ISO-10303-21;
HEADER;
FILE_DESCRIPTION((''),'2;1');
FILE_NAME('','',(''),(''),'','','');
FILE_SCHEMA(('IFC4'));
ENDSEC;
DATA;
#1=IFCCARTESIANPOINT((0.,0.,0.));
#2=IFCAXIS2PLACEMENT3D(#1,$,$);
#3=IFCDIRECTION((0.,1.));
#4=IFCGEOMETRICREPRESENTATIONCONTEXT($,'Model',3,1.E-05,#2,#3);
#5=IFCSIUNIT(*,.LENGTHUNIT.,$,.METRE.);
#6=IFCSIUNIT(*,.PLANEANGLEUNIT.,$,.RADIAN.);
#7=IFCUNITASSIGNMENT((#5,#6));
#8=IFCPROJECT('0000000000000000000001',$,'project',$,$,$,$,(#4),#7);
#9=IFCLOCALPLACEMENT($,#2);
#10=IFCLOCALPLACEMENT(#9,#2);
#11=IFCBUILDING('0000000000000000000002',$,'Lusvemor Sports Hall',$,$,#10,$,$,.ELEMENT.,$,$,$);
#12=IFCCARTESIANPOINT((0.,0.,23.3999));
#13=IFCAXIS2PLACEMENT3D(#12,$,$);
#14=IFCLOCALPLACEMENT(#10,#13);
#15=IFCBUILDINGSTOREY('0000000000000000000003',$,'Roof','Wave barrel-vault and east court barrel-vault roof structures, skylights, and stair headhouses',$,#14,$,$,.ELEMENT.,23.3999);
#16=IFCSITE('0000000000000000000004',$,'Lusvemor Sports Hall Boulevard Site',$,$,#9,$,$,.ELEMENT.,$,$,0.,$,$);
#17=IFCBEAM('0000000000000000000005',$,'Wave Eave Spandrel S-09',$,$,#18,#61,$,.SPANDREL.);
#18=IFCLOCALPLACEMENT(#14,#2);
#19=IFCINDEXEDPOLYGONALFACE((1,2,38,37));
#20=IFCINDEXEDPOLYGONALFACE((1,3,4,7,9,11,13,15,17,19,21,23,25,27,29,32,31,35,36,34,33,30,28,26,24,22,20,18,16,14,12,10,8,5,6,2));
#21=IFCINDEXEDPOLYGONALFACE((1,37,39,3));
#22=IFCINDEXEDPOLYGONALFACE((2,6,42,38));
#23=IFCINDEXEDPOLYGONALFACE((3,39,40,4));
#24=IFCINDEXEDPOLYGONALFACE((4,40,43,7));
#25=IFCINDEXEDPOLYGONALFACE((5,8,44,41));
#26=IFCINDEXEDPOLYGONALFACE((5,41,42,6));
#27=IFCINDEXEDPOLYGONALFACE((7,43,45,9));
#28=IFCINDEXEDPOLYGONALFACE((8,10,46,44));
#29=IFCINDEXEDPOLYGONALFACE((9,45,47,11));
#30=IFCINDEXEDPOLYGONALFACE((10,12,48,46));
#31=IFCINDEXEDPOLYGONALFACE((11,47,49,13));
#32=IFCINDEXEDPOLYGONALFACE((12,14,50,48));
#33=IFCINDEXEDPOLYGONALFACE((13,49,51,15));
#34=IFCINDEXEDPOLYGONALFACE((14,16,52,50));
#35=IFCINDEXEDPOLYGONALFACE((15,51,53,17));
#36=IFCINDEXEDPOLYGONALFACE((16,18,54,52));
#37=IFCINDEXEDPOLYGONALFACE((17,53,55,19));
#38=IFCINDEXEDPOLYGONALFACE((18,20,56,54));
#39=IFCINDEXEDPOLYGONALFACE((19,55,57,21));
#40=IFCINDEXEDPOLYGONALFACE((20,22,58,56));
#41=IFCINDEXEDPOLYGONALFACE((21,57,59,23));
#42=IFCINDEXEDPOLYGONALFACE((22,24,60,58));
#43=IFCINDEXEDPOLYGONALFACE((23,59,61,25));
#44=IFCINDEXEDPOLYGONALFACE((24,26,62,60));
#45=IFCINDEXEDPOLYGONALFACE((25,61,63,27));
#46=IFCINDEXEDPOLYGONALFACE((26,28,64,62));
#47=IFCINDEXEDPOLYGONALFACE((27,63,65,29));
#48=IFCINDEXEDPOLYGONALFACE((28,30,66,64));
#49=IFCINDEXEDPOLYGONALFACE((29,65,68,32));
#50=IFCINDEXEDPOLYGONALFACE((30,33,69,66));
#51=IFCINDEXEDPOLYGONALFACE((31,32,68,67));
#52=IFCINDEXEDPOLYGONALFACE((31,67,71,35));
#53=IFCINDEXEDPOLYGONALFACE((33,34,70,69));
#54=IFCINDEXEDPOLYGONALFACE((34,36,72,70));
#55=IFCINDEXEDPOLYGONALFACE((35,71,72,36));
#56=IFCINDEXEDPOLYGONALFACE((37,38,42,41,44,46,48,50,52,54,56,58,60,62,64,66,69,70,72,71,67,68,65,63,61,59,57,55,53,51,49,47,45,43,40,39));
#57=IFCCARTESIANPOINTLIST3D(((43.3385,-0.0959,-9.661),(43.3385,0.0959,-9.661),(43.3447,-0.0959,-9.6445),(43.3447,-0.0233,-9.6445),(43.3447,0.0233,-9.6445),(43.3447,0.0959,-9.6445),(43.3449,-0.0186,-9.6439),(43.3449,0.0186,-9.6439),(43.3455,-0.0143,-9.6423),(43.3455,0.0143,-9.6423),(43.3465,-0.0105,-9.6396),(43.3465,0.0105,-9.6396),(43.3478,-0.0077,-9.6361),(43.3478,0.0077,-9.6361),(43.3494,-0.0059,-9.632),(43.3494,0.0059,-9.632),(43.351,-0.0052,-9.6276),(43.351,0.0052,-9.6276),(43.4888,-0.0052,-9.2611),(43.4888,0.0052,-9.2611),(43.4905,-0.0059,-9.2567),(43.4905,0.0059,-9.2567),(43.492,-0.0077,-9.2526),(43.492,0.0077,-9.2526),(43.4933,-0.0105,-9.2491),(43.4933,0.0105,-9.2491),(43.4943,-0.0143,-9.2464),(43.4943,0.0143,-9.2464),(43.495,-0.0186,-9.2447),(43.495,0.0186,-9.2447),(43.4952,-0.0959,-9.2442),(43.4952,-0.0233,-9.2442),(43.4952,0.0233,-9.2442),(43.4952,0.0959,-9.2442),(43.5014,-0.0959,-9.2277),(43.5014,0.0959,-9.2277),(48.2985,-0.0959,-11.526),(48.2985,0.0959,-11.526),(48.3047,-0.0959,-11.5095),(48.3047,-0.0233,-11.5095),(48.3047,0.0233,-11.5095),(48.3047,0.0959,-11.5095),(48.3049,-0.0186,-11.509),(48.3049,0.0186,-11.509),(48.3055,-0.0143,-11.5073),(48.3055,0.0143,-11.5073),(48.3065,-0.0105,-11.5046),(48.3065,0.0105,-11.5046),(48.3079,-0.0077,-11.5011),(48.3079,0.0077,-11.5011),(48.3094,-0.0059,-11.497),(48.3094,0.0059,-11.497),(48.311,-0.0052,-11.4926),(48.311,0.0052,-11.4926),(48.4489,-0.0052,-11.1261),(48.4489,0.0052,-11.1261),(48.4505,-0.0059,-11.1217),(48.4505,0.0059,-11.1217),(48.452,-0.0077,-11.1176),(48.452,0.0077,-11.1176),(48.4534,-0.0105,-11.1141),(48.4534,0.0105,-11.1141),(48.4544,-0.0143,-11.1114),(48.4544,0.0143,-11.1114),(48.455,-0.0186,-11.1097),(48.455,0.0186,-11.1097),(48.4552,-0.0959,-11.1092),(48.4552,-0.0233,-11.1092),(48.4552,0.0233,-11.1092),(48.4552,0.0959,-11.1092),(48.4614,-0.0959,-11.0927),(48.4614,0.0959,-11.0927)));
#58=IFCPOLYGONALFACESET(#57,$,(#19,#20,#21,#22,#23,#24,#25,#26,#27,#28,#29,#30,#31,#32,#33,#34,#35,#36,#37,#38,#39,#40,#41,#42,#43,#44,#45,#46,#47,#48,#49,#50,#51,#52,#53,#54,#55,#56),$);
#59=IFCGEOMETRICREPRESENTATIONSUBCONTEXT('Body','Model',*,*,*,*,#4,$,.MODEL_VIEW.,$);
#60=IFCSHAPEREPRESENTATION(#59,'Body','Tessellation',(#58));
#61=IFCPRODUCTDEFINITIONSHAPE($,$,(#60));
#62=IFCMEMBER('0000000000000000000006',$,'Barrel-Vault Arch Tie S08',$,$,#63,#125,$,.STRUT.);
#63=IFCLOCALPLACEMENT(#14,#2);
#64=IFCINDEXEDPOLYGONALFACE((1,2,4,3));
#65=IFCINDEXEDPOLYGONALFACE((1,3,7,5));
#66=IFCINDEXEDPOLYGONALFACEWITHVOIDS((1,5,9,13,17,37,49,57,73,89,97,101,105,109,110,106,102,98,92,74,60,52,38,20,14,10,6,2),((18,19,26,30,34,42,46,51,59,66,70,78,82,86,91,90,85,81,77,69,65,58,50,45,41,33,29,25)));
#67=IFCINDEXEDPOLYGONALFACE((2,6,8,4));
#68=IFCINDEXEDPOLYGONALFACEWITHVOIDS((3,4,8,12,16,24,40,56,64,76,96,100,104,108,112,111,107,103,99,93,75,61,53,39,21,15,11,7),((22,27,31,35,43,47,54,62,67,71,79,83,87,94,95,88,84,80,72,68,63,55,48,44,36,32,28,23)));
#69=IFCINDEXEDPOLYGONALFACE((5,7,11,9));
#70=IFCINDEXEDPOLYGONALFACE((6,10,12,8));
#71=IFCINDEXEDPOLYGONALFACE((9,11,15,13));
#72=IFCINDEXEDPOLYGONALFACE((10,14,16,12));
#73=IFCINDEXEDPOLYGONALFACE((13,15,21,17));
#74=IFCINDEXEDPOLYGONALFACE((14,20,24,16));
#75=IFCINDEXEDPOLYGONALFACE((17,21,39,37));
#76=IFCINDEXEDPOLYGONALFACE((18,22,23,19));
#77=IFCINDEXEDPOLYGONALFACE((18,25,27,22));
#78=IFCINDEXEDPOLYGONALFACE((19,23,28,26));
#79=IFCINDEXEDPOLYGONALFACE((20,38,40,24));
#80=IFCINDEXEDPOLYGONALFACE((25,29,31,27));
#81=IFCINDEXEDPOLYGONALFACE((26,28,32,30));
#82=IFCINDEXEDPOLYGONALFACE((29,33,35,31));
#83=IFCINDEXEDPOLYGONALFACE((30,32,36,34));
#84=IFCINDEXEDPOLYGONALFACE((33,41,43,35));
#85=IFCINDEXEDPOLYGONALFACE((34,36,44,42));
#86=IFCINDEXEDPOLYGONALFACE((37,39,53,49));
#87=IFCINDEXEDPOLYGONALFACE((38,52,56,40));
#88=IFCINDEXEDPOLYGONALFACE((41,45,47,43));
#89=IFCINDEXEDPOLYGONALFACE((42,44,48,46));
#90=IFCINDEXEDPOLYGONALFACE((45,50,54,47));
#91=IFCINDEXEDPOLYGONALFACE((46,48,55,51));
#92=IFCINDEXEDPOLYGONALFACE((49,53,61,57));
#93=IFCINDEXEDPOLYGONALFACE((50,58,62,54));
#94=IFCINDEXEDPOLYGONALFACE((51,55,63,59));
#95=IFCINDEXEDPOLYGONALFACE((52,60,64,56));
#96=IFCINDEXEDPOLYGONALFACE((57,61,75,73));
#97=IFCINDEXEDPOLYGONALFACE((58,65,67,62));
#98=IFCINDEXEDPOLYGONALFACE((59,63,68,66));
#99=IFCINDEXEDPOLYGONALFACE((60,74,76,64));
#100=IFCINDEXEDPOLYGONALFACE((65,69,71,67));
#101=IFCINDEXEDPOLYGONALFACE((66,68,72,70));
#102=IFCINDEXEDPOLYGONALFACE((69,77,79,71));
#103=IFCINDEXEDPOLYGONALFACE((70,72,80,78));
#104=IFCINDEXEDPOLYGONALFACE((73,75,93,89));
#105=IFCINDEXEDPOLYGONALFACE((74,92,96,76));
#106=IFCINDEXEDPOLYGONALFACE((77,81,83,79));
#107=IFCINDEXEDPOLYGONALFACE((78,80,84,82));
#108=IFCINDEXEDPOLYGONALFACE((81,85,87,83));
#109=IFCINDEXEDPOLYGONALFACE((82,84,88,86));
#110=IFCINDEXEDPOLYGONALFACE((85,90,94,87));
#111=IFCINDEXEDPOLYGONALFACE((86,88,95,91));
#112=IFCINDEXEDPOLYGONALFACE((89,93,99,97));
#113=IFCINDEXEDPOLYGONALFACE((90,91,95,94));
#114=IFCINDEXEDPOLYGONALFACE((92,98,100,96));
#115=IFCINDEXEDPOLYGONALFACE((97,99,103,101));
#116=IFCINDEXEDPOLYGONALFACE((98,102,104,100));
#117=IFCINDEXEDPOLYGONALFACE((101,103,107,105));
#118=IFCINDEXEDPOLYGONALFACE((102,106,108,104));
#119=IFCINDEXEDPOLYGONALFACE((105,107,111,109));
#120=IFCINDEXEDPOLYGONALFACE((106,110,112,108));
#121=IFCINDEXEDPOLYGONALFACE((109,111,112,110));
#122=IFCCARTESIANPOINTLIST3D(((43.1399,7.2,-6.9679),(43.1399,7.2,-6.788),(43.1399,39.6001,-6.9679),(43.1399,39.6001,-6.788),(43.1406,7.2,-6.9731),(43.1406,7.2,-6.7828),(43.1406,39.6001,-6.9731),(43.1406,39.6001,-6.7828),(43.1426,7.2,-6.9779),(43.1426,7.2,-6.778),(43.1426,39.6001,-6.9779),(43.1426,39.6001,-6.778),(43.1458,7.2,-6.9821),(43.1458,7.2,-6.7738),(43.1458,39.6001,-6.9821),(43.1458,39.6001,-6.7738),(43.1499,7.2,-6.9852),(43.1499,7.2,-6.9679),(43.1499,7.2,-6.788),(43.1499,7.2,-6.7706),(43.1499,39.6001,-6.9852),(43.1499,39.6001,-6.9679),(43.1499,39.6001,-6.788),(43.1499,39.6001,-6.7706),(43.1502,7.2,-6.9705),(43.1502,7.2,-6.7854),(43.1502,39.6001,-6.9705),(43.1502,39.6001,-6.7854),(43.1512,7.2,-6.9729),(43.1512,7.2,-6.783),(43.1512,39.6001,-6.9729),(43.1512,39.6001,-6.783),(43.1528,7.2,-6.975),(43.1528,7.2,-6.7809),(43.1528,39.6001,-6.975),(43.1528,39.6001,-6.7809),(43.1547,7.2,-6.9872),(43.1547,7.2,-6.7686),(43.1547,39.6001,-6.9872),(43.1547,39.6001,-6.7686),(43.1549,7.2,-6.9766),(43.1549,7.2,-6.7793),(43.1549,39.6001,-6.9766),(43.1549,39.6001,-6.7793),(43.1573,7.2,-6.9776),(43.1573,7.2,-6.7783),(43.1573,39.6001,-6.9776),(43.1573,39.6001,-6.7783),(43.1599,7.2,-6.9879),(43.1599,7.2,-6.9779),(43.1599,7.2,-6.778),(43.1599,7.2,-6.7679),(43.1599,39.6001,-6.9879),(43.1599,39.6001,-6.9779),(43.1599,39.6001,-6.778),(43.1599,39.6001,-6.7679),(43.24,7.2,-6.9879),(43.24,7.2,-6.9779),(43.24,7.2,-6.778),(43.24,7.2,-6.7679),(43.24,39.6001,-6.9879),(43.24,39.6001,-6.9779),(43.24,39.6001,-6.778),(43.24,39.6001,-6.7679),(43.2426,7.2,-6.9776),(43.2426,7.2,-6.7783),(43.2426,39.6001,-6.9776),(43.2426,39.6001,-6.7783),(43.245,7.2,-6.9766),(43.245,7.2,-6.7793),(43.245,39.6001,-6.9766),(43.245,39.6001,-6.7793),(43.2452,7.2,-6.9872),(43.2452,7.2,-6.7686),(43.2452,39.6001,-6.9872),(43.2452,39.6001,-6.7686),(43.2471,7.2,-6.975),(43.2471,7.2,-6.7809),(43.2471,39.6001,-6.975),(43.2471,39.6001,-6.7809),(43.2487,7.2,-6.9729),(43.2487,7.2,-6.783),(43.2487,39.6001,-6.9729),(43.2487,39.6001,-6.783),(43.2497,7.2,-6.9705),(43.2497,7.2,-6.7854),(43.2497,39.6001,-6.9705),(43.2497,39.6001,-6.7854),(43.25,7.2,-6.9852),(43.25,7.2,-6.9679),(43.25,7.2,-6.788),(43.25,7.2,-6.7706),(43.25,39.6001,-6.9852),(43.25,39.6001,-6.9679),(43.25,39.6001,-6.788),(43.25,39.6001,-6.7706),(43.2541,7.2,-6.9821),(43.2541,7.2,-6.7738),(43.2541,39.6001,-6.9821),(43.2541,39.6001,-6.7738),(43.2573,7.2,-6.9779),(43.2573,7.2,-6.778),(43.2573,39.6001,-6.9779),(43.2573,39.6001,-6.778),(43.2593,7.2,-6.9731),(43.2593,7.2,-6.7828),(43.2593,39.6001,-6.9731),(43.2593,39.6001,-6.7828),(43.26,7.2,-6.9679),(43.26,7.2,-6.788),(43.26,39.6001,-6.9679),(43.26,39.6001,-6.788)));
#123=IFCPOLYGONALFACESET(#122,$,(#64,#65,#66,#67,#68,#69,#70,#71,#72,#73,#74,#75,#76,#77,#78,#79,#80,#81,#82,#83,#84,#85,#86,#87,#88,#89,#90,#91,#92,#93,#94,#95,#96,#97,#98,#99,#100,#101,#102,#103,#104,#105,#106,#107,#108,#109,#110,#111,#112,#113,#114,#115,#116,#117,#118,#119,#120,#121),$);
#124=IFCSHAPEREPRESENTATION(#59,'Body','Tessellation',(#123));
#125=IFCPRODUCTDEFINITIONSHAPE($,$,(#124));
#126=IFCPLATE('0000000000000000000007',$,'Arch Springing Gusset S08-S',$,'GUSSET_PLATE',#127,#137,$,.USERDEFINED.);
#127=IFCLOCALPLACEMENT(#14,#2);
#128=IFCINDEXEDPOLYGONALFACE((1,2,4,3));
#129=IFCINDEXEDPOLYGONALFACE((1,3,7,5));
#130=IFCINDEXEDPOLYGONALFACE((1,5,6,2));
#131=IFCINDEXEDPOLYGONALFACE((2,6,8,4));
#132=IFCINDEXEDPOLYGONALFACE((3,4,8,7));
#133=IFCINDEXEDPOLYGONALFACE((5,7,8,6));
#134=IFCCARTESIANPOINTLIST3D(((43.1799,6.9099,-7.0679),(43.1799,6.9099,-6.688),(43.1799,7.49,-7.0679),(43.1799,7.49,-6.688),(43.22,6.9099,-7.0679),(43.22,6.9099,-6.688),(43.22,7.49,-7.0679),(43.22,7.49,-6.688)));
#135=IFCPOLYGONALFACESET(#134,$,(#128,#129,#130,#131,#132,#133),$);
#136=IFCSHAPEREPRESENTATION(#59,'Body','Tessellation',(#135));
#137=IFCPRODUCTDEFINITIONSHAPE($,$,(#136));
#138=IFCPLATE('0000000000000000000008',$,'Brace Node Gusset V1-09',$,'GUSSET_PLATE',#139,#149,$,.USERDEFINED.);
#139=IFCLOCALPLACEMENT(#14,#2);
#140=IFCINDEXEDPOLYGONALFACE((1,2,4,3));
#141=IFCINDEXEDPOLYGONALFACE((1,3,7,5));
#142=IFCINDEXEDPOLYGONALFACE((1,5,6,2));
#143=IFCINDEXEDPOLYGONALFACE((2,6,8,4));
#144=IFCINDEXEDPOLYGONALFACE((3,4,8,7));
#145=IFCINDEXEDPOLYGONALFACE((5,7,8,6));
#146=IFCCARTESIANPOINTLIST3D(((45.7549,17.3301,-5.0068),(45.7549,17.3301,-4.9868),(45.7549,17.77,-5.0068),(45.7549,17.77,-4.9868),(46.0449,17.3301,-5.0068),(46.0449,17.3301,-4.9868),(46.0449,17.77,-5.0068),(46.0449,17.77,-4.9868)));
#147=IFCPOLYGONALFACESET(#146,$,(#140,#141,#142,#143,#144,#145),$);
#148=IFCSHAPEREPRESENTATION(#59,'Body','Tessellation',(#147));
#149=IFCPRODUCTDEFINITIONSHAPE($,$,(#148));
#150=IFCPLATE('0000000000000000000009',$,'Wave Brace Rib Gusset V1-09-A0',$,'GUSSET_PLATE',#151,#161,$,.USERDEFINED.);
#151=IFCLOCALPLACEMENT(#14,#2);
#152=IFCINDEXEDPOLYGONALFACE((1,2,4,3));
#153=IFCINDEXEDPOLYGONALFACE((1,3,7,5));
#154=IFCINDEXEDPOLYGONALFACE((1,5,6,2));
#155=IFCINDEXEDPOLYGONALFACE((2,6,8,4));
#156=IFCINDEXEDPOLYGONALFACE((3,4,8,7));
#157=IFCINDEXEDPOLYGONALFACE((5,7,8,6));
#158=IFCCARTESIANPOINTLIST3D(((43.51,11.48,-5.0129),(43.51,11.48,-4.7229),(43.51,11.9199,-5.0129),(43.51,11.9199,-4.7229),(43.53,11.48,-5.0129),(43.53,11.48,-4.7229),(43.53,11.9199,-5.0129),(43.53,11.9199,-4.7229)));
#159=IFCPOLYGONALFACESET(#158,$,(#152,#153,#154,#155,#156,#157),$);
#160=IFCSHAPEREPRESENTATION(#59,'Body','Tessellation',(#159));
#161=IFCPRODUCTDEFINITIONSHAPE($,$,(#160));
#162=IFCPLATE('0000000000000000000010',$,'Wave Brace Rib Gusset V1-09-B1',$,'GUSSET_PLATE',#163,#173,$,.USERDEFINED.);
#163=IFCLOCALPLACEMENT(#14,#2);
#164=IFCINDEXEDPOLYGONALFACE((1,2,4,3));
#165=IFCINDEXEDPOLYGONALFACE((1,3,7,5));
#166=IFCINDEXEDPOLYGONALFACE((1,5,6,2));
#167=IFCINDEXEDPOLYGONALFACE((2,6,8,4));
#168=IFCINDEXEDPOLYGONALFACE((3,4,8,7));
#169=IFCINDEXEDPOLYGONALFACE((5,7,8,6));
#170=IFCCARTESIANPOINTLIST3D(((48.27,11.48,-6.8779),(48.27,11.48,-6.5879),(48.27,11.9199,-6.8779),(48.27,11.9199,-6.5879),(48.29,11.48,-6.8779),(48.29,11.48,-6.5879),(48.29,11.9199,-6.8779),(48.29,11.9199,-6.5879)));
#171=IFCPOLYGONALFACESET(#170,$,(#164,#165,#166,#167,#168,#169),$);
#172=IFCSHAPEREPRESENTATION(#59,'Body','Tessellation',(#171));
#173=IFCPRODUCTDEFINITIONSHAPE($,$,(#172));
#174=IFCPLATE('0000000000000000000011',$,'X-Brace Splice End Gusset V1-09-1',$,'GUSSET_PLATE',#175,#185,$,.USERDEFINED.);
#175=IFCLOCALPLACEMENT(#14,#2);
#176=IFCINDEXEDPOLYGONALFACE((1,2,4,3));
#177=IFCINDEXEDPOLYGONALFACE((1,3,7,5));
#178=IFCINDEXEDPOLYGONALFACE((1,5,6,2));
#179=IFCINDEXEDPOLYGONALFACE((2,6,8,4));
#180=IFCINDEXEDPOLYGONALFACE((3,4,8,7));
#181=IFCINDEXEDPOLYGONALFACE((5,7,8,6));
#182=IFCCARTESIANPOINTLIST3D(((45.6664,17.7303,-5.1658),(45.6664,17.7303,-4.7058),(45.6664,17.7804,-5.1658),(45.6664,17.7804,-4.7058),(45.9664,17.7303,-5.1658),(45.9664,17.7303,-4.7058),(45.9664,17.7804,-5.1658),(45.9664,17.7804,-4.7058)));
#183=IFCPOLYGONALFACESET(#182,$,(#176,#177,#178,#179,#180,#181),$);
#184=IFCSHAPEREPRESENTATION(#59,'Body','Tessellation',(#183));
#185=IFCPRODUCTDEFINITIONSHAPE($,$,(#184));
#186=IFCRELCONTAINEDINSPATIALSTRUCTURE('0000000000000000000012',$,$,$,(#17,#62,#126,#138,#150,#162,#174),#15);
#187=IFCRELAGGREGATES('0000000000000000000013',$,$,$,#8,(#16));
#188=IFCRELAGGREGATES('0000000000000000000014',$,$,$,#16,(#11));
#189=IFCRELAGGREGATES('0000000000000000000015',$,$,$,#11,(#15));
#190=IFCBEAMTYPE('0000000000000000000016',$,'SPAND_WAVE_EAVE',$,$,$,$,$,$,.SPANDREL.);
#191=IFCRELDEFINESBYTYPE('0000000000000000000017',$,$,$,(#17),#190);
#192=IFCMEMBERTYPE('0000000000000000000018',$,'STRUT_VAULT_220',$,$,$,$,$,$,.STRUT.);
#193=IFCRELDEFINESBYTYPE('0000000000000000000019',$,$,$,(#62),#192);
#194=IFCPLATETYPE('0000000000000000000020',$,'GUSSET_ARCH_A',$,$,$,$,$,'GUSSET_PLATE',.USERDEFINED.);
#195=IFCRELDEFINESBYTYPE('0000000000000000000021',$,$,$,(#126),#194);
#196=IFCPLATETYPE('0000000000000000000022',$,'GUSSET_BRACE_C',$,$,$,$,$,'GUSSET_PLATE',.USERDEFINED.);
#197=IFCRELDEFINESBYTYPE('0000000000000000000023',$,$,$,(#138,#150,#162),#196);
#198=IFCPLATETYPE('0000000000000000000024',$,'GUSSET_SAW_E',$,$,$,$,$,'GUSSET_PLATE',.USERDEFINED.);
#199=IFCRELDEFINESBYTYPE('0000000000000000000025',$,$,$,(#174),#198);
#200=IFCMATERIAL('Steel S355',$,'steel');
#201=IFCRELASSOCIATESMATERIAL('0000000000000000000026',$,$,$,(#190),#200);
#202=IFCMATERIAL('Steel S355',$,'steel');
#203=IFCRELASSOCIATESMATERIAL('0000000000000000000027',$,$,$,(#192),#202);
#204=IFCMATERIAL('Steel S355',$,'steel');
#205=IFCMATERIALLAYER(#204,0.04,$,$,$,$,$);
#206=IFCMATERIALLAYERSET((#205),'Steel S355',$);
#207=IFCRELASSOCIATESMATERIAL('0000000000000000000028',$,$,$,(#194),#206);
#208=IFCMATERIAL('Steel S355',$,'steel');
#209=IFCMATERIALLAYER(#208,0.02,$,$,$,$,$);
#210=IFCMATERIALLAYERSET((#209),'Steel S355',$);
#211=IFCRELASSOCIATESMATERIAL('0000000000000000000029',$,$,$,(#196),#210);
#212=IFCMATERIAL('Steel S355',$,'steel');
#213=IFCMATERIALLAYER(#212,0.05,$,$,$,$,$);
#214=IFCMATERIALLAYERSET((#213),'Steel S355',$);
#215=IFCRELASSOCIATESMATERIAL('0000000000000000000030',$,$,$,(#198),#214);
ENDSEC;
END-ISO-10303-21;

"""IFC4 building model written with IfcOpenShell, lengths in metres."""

from ifc_helpers import new_model, si_unit, direction, frame, origin, origin_2d, place, context, subcontext, project, spatial, rectangle, hollow_rectangle, i_section, extrude, material, layer, layer_set, material_profile, profile_set, type_object, element, save


model = new_model("IFC4")

# Units and contexts
model_context = context("Model", 3, precision=1e-05, world=origin(), true_north=direction((0.0, 1.0)))
body_context = subcontext(model_context, "Body", "Model", "MODEL_VIEW")
ifc_project = project(units=[si_unit("LENGTHUNIT", "METRE"), si_unit("PLANEANGLEUNIT", "RADIAN")], contexts=[model_context])

# Site, building, storey
site_placement = place(None, origin())
site = spatial("IfcSite", under=ifc_project, at=site_placement, Name="Lusvemor Sports Hall Boulevard Site", CompositionType="ELEMENT", RefElevation=0.0)
building_placement = place(site_placement, origin())
building = spatial("IfcBuilding", under=site, at=building_placement, Name="Lusvemor Sports Hall", CompositionType="ELEMENT")
storey_placement = place(building_placement, frame((0.0, 0.0, 23.3999)))
storey = spatial("IfcBuildingStorey", under=building, at=storey_placement, Name="Roof", Description="Wave barrel-vault and east court barrel-vault roof structures, skylights, and stair headhouses", CompositionType="ELEMENT", Elevation=23.3999)

# Beam
ifc_material_1 = material(Name="Steel S355", Category="steel")
ifc_material_profile_1 = material_profile(ifc_material_1, i_section(OverallWidth=0.1919, OverallDepth=0.4629, WebThickness=0.0105, FlangeThickness=0.0176, FilletRadius=0.0181, at=origin_2d()), Name="W460x89.0")
ifc_profile_set_1 = profile_set([ifc_material_profile_1], Name="Steel S355")
beam_type_1 = type_object("IfcBeamType", Name="SPAND_WAVE_EAVE", PredefinedType="SPANDREL", material=ifc_profile_set_1)
beam_1_placement = place(storey_placement, frame((43.4199, 0.0, -9.4443), z_axis=(0.936018, 0.0, -0.351951), x_axis=(0.0, 1.0, 0.0)))
element("IfcBeam", 1, at=beam_1_placement, inside=storey, type_object=beam_type_1, Name="Wave Eave Spandrel S-09", PredefinedType="SPANDREL", context=body_context, shape_type="SweptSolid", body=[
    extrude(i_section(OverallWidth=0.1919, OverallDepth=0.4629, WebThickness=0.0105, FlangeThickness=0.0176, FilletRadius=0.0181, at=origin_2d()), origin(), (0.0, 0.0, 1.0), 5.2991),
])

# Member
ifc_material_2 = material(Name="Steel S355", Category="steel")
ifc_material_profile_2 = material_profile(ifc_material_2, hollow_rectangle(XDim=0.1201, YDim=0.22, WallThickness=0.01, InnerFilletRadius=0.01, OuterFilletRadius=0.02, at=origin_2d()), Name="RHS220x120x10")
ifc_profile_set_2 = profile_set([ifc_material_profile_2], Name="Steel S355")
member_type_1 = type_object("IfcMemberType", Name="STRUT_VAULT_220", PredefinedType="STRUT", material=ifc_profile_set_2)
member_1_placement = place(storey_placement, frame((43.2, 7.2, -6.8779), z_axis=(0.0, 1.0, 0.0), x_axis=(-1.0, 0.0, 0.0)))
element("IfcMember", 2, at=member_1_placement, inside=storey, type_object=member_type_1, Name="Barrel-Vault Arch Tie S08", PredefinedType="STRUT", context=body_context, shape_type="SweptSolid", body=[
    extrude(hollow_rectangle(XDim=0.1201, YDim=0.22, WallThickness=0.01, InnerFilletRadius=0.01, OuterFilletRadius=0.02, at=origin_2d()), origin(), (0.0, 0.0, 1.0), 32.4001),
])

# Plates
ifc_material_3 = material(Name="Steel S355", Category="steel")
ifc_layer_1 = layer(ifc_material_3, 0.04)
ifc_layer_set_1 = layer_set([ifc_layer_1], Name="Steel S355")
plate_type_1 = type_object("IfcPlateType", Name="GUSSET_ARCH_A", ElementType="GUSSET_PLATE", PredefinedType="USERDEFINED", material=ifc_layer_set_1)
plate_1_placement = place(storey_placement, frame((43.2, 7.2, -7.0679), z_axis=(0.0, 0.0, 1.0), x_axis=(1.0, 0.0, 0.0)))
element("IfcPlate", 3, at=plate_1_placement, inside=storey, type_object=plate_type_1, Name="Arch Springing Gusset S08-S", ObjectType="GUSSET_PLATE", PredefinedType="USERDEFINED", context=body_context, shape_type="SweptSolid", body=[
    extrude(rectangle(XDim=0.04, YDim=0.5801, at=origin_2d()), origin(), (0.0, 0.0, 1.0), 0.3799),
])
ifc_material_4 = material(Name="Steel S355", Category="steel")
ifc_layer_2 = layer(ifc_material_4, 0.02)
ifc_layer_set_2 = layer_set([ifc_layer_2], Name="Steel S355")
plate_type_2 = type_object("IfcPlateType", Name="GUSSET_BRACE_C", ElementType="GUSSET_PLATE", PredefinedType="USERDEFINED", material=ifc_layer_set_2)
plate_2_placement = place(storey_placement, frame((45.8999, 17.55, -5.0068), z_axis=(0.0, 0.0, 1.0), x_axis=(1.0, 0.0, 0.0)))
element("IfcPlate", 4, at=plate_2_placement, inside=storey, type_object=plate_type_2, Name="Brace Node Gusset V1-09", ObjectType="GUSSET_PLATE", PredefinedType="USERDEFINED", context=body_context, shape_type="SweptSolid", body=[
    extrude(rectangle(XDim=0.29, YDim=0.4399, at=origin_2d()), origin(), (0.0, 0.0, 1.0), 0.02),
])
for number, where, z_axis, x_axis, name in (
    (5, (43.52, 11.7, -5.0129), (0.0, 0.0, 1.0), (1.0, 0.0, 0.0), "Wave Brace Rib Gusset V1-09-A0"),
    (6, (48.28, 11.7, -6.8779), (0.0, 0.0, 1.0), (1.0, 0.0, 0.0), "Wave Brace Rib Gusset V1-09-B1"),
):
    element("IfcPlate", number, at=place(storey_placement, frame(where, z_axis=z_axis, x_axis=x_axis)), inside=storey, type_object=plate_type_2, Name=name, ObjectType="GUSSET_PLATE", PredefinedType="USERDEFINED", context=body_context, shape_type="SweptSolid", body=[
        extrude(rectangle(XDim=0.02, YDim=0.4399, at=origin_2d()), origin(), (0.0, 0.0, 1.0), 0.29),
    ])
ifc_material_5 = material(Name="Steel S355", Category="steel")
ifc_layer_3 = layer(ifc_material_5, 0.05)
ifc_layer_set_3 = layer_set([ifc_layer_3], Name="Steel S355")
plate_type_3 = type_object("IfcPlateType", Name="GUSSET_SAW_E", ElementType="GUSSET_PLATE", PredefinedType="USERDEFINED", material=ifc_layer_set_3)
for number, where, z_axis, x_axis, name in (
    (7, (45.8164, 17.7554, -5.1658), (0.0, 0.0, 1.0), (1.0, 0.0, 0.0), "X-Brace Splice End Gusset V1-09-1"),
):
    element("IfcPlate", number, at=place(storey_placement, frame(where, z_axis=z_axis, x_axis=x_axis)), inside=storey, type_object=plate_type_3, Name=name, ObjectType="GUSSET_PLATE", PredefinedType="USERDEFINED", context=body_context, shape_type="SweptSolid", body=[
        extrude(rectangle(XDim=0.3, YDim=0.05, at=origin_2d()), origin(), (0.0, 0.0, 1.0), 0.46),
    ])

save(model, "model.ifc")
